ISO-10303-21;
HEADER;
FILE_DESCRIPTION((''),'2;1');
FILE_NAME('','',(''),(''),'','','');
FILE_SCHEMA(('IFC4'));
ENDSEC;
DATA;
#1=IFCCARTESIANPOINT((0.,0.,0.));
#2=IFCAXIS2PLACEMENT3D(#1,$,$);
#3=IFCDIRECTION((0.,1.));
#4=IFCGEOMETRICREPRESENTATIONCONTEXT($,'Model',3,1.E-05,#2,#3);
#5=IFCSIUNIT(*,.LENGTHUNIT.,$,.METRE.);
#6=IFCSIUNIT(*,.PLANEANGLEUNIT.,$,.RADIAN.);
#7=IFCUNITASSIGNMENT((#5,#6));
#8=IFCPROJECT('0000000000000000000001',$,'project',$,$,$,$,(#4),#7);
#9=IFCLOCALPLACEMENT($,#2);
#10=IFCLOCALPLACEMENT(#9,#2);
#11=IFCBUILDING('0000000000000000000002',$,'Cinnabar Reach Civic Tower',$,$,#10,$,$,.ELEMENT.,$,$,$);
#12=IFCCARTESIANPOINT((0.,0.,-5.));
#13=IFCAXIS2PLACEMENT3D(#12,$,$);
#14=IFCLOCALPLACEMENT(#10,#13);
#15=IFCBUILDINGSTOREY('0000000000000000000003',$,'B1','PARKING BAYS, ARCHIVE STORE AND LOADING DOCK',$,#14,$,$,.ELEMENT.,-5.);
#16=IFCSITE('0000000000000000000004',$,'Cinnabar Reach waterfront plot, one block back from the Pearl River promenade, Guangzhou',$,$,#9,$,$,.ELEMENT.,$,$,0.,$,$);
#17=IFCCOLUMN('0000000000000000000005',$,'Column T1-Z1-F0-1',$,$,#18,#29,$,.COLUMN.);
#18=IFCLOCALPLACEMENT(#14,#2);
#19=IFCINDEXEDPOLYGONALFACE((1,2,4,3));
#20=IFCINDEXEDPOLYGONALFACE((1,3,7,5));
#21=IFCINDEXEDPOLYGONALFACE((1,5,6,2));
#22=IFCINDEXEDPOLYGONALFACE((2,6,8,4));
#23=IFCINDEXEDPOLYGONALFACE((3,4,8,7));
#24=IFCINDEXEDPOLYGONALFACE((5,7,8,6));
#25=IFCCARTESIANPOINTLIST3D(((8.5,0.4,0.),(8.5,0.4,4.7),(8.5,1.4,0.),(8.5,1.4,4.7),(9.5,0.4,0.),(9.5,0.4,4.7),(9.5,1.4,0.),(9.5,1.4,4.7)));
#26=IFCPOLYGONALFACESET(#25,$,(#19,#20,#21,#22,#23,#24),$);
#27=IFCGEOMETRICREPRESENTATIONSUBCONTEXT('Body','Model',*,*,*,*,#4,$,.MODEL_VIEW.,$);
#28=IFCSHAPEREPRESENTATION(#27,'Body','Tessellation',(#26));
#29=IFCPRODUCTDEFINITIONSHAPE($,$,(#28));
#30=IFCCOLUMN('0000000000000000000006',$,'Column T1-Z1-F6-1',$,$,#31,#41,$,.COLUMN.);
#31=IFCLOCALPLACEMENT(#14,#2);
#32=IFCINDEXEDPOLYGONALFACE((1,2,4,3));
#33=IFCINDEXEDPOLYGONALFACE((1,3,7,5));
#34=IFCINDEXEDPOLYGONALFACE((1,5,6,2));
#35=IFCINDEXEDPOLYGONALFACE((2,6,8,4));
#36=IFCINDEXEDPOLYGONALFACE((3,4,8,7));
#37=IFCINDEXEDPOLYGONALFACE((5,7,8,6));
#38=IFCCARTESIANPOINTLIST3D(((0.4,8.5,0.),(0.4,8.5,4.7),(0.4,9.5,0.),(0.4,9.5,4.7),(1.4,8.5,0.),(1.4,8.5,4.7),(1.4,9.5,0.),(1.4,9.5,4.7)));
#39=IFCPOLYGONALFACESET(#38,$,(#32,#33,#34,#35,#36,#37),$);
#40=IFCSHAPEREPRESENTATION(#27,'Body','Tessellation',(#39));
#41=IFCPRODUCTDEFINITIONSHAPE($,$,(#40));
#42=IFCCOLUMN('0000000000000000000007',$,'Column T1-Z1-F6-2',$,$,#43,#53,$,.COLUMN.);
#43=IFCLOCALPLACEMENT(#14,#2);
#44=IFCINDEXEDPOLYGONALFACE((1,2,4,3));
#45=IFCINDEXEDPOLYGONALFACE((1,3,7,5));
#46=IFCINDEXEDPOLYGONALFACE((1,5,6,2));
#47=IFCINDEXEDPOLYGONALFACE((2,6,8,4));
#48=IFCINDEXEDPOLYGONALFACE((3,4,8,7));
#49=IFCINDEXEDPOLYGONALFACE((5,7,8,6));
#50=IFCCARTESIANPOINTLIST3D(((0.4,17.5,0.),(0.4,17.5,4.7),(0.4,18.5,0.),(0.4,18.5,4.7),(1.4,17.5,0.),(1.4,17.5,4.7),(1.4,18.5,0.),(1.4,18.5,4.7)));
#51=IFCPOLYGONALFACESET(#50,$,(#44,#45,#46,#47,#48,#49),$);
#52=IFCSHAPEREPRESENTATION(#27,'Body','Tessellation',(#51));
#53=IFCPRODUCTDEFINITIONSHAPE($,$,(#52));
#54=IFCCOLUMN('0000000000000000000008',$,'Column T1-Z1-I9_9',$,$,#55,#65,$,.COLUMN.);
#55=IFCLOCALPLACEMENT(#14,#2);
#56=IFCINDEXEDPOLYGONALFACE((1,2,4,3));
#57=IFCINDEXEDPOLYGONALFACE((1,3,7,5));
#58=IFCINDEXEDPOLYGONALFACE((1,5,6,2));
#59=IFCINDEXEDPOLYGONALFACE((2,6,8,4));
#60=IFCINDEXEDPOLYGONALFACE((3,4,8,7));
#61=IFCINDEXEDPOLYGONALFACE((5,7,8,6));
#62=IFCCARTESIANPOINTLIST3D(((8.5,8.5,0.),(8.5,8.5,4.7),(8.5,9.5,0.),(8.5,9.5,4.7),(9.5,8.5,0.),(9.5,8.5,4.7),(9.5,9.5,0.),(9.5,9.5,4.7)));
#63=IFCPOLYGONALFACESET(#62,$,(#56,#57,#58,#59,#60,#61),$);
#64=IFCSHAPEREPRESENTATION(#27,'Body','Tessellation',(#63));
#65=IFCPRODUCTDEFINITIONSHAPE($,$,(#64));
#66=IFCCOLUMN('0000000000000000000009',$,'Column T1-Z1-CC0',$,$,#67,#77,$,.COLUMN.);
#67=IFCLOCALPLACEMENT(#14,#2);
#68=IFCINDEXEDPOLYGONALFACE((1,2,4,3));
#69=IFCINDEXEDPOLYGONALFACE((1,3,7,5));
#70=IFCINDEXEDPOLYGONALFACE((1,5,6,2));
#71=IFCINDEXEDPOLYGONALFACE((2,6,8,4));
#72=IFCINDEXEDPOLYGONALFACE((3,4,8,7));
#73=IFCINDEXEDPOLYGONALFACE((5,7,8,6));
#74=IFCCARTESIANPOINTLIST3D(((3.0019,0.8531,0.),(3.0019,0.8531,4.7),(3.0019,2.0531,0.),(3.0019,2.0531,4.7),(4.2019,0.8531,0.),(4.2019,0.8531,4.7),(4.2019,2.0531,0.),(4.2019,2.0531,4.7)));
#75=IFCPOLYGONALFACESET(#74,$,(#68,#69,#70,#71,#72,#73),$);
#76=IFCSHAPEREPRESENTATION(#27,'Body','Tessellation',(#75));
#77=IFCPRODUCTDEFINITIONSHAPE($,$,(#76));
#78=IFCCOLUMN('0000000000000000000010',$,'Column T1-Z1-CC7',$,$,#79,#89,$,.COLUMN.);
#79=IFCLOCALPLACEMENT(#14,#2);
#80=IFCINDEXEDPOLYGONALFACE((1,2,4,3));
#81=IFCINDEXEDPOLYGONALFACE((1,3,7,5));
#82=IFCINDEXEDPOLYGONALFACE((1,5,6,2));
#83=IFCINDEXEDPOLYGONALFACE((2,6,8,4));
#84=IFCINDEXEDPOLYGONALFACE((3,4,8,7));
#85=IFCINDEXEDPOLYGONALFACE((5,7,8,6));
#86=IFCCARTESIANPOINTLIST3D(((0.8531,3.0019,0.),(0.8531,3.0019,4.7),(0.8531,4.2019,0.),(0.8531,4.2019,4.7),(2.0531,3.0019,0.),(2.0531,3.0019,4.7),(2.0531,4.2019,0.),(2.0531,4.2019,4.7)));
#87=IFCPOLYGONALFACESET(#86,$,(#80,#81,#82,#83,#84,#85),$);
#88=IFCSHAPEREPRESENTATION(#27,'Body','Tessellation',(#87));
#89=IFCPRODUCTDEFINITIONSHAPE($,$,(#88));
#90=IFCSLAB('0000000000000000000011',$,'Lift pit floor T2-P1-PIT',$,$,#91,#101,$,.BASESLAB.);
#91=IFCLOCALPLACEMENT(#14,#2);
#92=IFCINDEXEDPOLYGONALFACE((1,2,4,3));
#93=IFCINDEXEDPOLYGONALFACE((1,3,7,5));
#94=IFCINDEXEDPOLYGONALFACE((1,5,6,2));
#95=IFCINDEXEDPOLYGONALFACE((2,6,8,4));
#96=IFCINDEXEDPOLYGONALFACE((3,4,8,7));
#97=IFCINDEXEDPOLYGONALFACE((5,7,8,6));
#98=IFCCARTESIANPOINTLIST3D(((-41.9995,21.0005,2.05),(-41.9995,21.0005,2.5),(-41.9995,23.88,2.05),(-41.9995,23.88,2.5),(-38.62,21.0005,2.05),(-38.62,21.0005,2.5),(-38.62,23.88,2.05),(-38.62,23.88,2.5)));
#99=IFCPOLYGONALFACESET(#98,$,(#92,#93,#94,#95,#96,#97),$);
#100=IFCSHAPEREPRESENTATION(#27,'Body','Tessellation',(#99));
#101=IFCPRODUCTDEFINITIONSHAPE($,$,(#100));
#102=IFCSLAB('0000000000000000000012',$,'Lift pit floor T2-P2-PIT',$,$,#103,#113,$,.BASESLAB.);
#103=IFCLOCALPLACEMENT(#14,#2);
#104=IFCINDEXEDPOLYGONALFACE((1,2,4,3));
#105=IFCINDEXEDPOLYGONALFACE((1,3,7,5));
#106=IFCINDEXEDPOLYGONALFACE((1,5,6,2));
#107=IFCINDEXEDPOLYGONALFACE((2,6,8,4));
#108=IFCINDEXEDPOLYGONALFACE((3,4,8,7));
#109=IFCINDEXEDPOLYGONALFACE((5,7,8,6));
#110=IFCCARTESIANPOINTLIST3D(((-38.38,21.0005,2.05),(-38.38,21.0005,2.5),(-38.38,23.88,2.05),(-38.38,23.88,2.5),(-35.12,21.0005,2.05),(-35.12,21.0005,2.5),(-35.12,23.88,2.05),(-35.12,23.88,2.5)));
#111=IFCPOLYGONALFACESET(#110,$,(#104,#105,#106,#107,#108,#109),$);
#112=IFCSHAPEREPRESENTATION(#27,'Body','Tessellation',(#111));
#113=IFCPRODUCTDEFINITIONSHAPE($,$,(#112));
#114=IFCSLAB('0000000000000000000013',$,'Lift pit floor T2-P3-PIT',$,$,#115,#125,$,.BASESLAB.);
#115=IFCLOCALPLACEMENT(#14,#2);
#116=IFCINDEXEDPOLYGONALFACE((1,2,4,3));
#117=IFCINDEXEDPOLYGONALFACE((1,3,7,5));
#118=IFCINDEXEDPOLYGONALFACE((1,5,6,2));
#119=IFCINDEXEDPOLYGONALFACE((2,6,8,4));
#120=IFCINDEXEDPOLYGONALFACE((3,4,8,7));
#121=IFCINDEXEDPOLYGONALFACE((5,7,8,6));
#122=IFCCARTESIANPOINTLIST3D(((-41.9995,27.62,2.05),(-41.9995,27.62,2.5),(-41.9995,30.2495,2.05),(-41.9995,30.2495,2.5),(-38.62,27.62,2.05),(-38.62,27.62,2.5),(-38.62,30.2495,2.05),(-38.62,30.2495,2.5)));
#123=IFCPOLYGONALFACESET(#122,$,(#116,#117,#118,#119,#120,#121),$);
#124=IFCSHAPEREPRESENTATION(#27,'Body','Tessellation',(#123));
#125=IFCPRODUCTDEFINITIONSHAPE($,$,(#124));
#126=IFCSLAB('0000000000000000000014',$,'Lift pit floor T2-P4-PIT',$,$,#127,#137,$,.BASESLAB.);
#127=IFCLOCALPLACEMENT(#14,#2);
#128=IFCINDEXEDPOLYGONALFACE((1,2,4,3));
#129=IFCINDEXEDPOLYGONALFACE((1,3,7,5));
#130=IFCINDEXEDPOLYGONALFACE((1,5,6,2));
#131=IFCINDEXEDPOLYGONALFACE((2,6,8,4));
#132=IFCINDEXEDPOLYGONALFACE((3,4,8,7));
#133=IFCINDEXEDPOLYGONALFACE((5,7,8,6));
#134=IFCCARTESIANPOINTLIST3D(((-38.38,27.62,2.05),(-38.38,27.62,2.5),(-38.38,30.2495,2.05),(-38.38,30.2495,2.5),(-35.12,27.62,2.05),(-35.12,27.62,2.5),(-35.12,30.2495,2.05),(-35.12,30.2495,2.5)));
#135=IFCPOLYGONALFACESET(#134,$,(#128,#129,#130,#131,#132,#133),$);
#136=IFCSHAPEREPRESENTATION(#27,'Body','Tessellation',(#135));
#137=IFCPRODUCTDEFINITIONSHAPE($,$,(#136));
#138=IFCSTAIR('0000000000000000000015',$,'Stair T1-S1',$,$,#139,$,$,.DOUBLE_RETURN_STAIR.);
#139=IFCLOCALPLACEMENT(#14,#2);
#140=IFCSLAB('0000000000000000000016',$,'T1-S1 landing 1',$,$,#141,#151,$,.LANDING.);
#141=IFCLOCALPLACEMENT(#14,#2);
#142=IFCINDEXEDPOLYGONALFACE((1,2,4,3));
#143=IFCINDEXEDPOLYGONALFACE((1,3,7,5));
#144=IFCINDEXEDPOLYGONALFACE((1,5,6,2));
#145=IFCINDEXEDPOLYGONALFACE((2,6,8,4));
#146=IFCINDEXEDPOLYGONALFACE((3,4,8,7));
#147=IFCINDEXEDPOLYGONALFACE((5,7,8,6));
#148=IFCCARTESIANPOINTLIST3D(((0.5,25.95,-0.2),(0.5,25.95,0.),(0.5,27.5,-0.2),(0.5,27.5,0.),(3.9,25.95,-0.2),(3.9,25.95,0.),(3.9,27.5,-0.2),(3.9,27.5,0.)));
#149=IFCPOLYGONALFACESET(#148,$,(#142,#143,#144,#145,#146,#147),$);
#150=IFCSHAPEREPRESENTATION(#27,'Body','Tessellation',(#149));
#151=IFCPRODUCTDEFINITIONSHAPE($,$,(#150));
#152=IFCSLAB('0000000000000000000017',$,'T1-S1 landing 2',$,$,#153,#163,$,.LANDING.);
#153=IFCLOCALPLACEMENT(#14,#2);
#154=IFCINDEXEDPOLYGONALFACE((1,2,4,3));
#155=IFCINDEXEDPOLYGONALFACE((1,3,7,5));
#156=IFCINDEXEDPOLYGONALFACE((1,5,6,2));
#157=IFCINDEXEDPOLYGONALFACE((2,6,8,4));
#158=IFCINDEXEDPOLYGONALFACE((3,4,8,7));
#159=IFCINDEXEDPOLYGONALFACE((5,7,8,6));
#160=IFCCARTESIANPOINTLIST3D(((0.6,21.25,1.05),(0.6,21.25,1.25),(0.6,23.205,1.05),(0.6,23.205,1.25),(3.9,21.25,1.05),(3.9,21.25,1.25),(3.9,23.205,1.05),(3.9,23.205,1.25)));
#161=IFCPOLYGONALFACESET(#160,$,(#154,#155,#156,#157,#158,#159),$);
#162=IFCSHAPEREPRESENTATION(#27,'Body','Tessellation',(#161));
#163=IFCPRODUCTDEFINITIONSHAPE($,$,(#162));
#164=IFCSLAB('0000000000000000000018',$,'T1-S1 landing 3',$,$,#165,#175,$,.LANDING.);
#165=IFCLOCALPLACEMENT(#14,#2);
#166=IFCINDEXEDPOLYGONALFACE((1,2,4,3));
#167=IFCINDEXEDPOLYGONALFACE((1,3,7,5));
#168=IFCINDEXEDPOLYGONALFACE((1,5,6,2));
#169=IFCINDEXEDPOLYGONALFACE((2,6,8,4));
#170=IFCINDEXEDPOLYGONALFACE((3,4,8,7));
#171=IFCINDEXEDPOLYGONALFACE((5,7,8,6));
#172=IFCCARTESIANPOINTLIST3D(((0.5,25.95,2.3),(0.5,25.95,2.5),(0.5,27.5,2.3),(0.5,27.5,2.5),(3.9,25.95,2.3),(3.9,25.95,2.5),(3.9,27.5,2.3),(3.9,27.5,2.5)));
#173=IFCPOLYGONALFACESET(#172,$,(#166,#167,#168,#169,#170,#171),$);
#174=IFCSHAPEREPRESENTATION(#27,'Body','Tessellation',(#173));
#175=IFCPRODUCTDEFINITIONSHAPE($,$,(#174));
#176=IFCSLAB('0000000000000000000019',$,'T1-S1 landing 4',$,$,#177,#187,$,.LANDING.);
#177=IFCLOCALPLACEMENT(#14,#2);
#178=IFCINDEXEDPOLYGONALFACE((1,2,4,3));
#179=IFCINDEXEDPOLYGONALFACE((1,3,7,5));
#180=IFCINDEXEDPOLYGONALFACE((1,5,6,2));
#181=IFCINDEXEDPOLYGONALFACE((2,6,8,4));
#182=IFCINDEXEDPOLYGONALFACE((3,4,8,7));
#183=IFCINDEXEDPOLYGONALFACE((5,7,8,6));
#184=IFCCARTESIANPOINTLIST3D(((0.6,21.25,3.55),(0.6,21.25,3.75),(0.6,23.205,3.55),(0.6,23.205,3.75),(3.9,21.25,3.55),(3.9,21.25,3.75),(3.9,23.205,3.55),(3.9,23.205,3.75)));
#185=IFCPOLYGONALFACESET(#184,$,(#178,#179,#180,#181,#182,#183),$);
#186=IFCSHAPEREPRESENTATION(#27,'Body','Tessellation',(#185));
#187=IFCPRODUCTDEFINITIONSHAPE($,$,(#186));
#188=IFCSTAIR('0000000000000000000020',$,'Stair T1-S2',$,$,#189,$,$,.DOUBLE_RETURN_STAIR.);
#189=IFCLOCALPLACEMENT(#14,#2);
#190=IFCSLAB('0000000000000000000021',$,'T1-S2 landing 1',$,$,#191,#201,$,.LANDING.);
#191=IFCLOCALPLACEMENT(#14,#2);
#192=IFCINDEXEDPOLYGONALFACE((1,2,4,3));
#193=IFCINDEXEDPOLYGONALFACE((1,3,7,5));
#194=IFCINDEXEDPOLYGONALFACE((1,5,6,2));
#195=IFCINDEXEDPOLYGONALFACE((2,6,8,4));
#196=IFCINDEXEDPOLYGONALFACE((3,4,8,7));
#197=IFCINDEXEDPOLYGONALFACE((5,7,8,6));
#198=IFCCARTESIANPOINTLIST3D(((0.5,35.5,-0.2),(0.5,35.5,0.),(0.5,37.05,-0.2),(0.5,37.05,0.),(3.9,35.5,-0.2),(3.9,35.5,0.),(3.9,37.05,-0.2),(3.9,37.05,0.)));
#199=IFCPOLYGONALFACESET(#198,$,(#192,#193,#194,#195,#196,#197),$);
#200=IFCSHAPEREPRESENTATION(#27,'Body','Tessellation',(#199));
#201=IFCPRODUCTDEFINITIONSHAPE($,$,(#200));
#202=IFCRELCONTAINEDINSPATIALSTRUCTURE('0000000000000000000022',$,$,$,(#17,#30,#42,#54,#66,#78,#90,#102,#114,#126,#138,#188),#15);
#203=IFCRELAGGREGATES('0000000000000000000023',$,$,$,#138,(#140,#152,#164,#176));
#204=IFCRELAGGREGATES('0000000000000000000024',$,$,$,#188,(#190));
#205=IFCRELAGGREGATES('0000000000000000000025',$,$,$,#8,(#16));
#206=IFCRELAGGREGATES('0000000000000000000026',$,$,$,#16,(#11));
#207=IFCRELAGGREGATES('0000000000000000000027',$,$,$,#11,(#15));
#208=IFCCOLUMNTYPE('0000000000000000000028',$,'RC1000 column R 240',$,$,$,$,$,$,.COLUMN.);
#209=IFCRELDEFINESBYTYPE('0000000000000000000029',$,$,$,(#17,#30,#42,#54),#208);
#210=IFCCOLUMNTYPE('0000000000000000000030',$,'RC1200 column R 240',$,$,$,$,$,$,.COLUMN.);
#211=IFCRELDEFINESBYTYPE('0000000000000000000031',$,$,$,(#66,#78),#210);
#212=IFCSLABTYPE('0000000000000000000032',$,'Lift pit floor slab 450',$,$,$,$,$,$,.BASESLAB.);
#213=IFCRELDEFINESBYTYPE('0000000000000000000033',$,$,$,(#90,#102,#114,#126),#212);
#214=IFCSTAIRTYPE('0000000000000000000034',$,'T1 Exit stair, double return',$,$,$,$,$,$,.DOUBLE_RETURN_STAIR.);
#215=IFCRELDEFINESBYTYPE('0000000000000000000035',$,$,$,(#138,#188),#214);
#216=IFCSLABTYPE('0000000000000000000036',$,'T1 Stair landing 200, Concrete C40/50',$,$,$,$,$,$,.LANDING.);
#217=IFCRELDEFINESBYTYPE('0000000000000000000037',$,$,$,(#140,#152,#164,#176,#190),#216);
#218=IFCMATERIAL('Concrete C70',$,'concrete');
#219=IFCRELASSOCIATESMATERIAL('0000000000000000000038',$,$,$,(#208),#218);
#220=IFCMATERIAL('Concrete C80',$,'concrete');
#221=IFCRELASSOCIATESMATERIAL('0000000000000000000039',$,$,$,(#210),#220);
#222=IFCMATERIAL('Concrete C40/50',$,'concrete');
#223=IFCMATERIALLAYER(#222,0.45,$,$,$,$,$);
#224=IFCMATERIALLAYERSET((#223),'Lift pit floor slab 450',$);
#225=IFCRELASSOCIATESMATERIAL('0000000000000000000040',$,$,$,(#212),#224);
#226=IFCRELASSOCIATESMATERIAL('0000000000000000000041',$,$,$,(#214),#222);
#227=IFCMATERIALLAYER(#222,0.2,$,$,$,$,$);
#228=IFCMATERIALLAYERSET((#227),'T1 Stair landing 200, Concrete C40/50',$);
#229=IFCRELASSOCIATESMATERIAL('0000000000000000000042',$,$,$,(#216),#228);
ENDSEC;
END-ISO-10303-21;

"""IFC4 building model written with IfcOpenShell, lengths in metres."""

from ifc_helpers import new_model, si_unit, direction, frame, origin, origin_2d, place, context, subcontext, project, spatial, polyline, rectangle, outline, extrude, material, layer, layer_set, material_profile, profile_set, type_object, element, aggregate, save


model = new_model("IFC4")

# Units and contexts
model_context = context("Model", 3, precision=1e-05, world=origin(), true_north=direction((0.0, 1.0)))
body_context = subcontext(model_context, "Body", "Model", "MODEL_VIEW")
ifc_project = project(units=[si_unit("LENGTHUNIT", "METRE"), si_unit("PLANEANGLEUNIT", "RADIAN")], contexts=[model_context])

# Site, building, storey
site_placement = place(None, origin())
site = spatial("IfcSite", under=ifc_project, at=site_placement, Name="Cinnabar Reach waterfront plot, one block back from the Pearl River promenade, Guangzhou", CompositionType="ELEMENT", RefElevation=0.0)
building_placement = place(site_placement, origin())
building = spatial("IfcBuilding", under=site, at=building_placement, Name="Cinnabar Reach Civic Tower", CompositionType="ELEMENT")
storey_placement = place(building_placement, frame((0.0, 0.0, -5.0)))
storey = spatial("IfcBuildingStorey", under=building, at=storey_placement, Name="B1", Description="PARKING BAYS, ARCHIVE STORE AND LOADING DOCK", CompositionType="ELEMENT", Elevation=-5.0)

# Columns
ifc_material_1 = material(Name="Concrete C70", Category="concrete")
ifc_material_profile_1 = material_profile(ifc_material_1, rectangle(XDim=1.0, YDim=1.0, at=origin_2d()), Name="RC1000")
ifc_profile_set_1 = profile_set([ifc_material_profile_1], Name="Concrete C70")
column_type_1 = type_object("IfcColumnType", Name="RC1000 column R 240", PredefinedType="COLUMN", material=ifc_profile_set_1)
for number, where, z_axis, x_axis, name in (
    (1, (9.0, 0.9, 0.0), (0.0, 0.0, 1.0), (1.0, 0.0, 0.0), "Column T1-Z1-F0-1"),
    (2, (0.9, 9.0, 0.0), (0.0, 0.0, 1.0), (1.0, 0.0, 0.0), "Column T1-Z1-F6-1"),
    (3, (0.9, 18.0, 0.0), (0.0, 0.0, 1.0), (1.0, 0.0, 0.0), "Column T1-Z1-F6-2"),
    (4, (9.0, 9.0, 0.0), (0.0, 0.0, 1.0), (1.0, 0.0, 0.0), "Column T1-Z1-I9_9"),
):
    element("IfcColumn", number, at=place(storey_placement, frame(where, z_axis=z_axis, x_axis=x_axis)), inside=storey, type_object=column_type_1, Name=name, PredefinedType="COLUMN", context=body_context, shape_type="SweptSolid", body=[
        extrude(rectangle(XDim=1.0, YDim=1.0, at=origin_2d()), origin(), (0.0, 0.0, 1.0), 4.7),
    ])
ifc_material_2 = material(Name="Concrete C80", Category="concrete")
ifc_material_profile_2 = material_profile(ifc_material_2, rectangle(XDim=1.2, YDim=1.2, at=origin_2d()), Name="RC1200")
ifc_profile_set_2 = profile_set([ifc_material_profile_2], Name="Concrete C80")
column_type_2 = type_object("IfcColumnType", Name="RC1200 column R 240", PredefinedType="COLUMN", material=ifc_profile_set_2)
for number, where, z_axis, x_axis, name in (
    (5, (3.6019, 1.4531, 0.0), (0.0, 0.0, 1.0), (1.0, 0.0, 0.0), "Column T1-Z1-CC0"),
    (6, (1.4531, 3.6019, 0.0), (0.0, 0.0, 1.0), (1.0, 0.0, 0.0), "Column T1-Z1-CC7"),
):
    element("IfcColumn", number, at=place(storey_placement, frame(where, z_axis=z_axis, x_axis=x_axis)), inside=storey, type_object=column_type_2, Name=name, PredefinedType="COLUMN", context=body_context, shape_type="SweptSolid", body=[
        extrude(rectangle(XDim=1.2, YDim=1.2, at=origin_2d()), origin(), (0.0, 0.0, 1.0), 4.7),
    ])

# Slabs
ifc_material_3 = material(Name="Concrete C40/50", Category="concrete")
ifc_layer_1 = layer(ifc_material_3, 0.45)
ifc_layer_set_1 = layer_set([ifc_layer_1], Name="Lift pit floor slab 450")
slab_type_1 = type_object("IfcSlabType", Name="Lift pit floor slab 450", PredefinedType="BASESLAB", material=ifc_layer_set_1)
slab_1_placement = place(storey_placement, frame((0.0, 0.0, 2.05)))
element("IfcSlab", 7, at=slab_1_placement, inside=storey, type_object=slab_type_1, Name="Lift pit floor T2-P1-PIT", PredefinedType="BASESLAB", context=body_context, shape_type="SweptSolid", body=[
    extrude(outline(polyline([(-38.62, 21.0005), (-38.62, 23.88), (-41.9995, 23.88), (-41.9995, 21.0005), (-38.62, 21.0005)])), origin(), (0.0, 0.0, 1.0), 0.45),
])
slab_2_placement = place(storey_placement, frame((0.0, 0.0, 2.05)))
element("IfcSlab", 8, at=slab_2_placement, inside=storey, type_object=slab_type_1, Name="Lift pit floor T2-P2-PIT", PredefinedType="BASESLAB", context=body_context, shape_type="SweptSolid", body=[
    extrude(outline(polyline([(-35.12, 21.0005), (-35.12, 23.88), (-38.38, 23.88), (-38.38, 21.0005), (-35.12, 21.0005)])), origin(), (0.0, 0.0, 1.0), 0.45),
])
slab_3_placement = place(storey_placement, frame((0.0, 0.0, 2.05)))
element("IfcSlab", 9, at=slab_3_placement, inside=storey, type_object=slab_type_1, Name="Lift pit floor T2-P3-PIT", PredefinedType="BASESLAB", context=body_context, shape_type="SweptSolid", body=[
    extrude(outline(polyline([(-38.62, 27.62), (-41.9995, 27.62), (-41.9995, 30.2495), (-38.62, 30.2495), (-38.62, 27.62)])), origin(), (0.0, 0.0, 1.0), 0.45),
])
slab_4_placement = place(storey_placement, frame((0.0, 0.0, 2.05)))
element("IfcSlab", 10, at=slab_4_placement, inside=storey, type_object=slab_type_1, Name="Lift pit floor T2-P4-PIT", PredefinedType="BASESLAB", context=body_context, shape_type="SweptSolid", body=[
    extrude(outline(polyline([(-35.12, 27.62), (-38.38, 27.62), (-38.38, 30.2495), (-35.12, 30.2495), (-35.12, 27.62)])), origin(), (0.0, 0.0, 1.0), 0.45),
])

# Stairs, slabs
stair_type_1 = type_object("IfcStairType", Name="T1 Exit stair, double return", PredefinedType="DOUBLE_RETURN_STAIR", material=ifc_material_3)
stair_1_placement = place(storey_placement, origin())
stair_1 = element("IfcStair", 11, at=stair_1_placement, inside=storey, type_object=stair_type_1, Name="Stair T1-S1", PredefinedType="DOUBLE_RETURN_STAIR")
ifc_layer_2 = layer(ifc_material_3, 0.2)
ifc_layer_set_2 = layer_set([ifc_layer_2], Name="T1 Stair landing 200, Concrete C40/50")
slab_type_2 = type_object("IfcSlabType", Name="T1 Stair landing 200, Concrete C40/50", PredefinedType="LANDING", material=ifc_layer_set_2)
slab_5_placement = place(storey_placement, frame((0.0, 0.0, -0.2)))
slab_5 = element("IfcSlab", 12, at=slab_5_placement, type_object=slab_type_2, Name="T1-S1 landing 1", PredefinedType="LANDING", context=body_context, shape_type="SweptSolid", body=[
    extrude(outline(polyline([(3.9, 25.95), (3.9, 27.5), (0.5, 27.5), (0.5, 25.95), (3.9, 25.95)])), origin(), (0.0, 0.0, 1.0), 0.2),
])
slab_6_placement = place(storey_placement, frame((0.0, 0.0, 1.05)))
slab_6 = element("IfcSlab", 13, at=slab_6_placement, type_object=slab_type_2, Name="T1-S1 landing 2", PredefinedType="LANDING", context=body_context, shape_type="SweptSolid", body=[
    extrude(outline(polyline([(3.9, 21.25), (3.9, 23.205), (0.6, 23.205), (0.6, 21.25), (3.9, 21.25)])), origin(), (0.0, 0.0, 1.0), 0.2),
])
slab_7_placement = place(storey_placement, frame((0.0, 0.0, 2.3)))
slab_7 = element("IfcSlab", 14, at=slab_7_placement, type_object=slab_type_2, Name="T1-S1 landing 3", PredefinedType="LANDING", context=body_context, shape_type="SweptSolid", body=[
    extrude(outline(polyline([(3.9, 25.95), (3.9, 27.5), (0.5, 27.5), (0.5, 25.95), (3.9, 25.95)])), origin(), (0.0, 0.0, 1.0), 0.2),
])
slab_8_placement = place(storey_placement, frame((0.0, 0.0, 3.55)))
slab_8 = element("IfcSlab", 15, at=slab_8_placement, type_object=slab_type_2, Name="T1-S1 landing 4", PredefinedType="LANDING", context=body_context, shape_type="SweptSolid", body=[
    extrude(outline(polyline([(3.9, 21.25), (3.9, 23.205), (0.6, 23.205), (0.6, 21.25), (3.9, 21.25)])), origin(), (0.0, 0.0, 1.0), 0.2),
])
aggregate(stair_1, [slab_5, slab_6, slab_7, slab_8])
stair_2_placement = place(storey_placement, origin())
stair_2 = element("IfcStair", 16, at=stair_2_placement, inside=storey, type_object=stair_type_1, Name="Stair T1-S2", PredefinedType="DOUBLE_RETURN_STAIR")
slab_9_placement = place(storey_placement, frame((0.0, 0.0, -0.2)))
slab_9 = element("IfcSlab", 17, at=slab_9_placement, type_object=slab_type_2, Name="T1-S2 landing 1", PredefinedType="LANDING", context=body_context, shape_type="SweptSolid", body=[
    extrude(outline(polyline([(3.9, 35.5), (3.9, 37.05), (0.5, 37.05), (0.5, 35.5), (3.9, 35.5)])), origin(), (0.0, 0.0, 1.0), 0.2),
])
aggregate(stair_2, [slab_9])

save(model, "model.ifc")
